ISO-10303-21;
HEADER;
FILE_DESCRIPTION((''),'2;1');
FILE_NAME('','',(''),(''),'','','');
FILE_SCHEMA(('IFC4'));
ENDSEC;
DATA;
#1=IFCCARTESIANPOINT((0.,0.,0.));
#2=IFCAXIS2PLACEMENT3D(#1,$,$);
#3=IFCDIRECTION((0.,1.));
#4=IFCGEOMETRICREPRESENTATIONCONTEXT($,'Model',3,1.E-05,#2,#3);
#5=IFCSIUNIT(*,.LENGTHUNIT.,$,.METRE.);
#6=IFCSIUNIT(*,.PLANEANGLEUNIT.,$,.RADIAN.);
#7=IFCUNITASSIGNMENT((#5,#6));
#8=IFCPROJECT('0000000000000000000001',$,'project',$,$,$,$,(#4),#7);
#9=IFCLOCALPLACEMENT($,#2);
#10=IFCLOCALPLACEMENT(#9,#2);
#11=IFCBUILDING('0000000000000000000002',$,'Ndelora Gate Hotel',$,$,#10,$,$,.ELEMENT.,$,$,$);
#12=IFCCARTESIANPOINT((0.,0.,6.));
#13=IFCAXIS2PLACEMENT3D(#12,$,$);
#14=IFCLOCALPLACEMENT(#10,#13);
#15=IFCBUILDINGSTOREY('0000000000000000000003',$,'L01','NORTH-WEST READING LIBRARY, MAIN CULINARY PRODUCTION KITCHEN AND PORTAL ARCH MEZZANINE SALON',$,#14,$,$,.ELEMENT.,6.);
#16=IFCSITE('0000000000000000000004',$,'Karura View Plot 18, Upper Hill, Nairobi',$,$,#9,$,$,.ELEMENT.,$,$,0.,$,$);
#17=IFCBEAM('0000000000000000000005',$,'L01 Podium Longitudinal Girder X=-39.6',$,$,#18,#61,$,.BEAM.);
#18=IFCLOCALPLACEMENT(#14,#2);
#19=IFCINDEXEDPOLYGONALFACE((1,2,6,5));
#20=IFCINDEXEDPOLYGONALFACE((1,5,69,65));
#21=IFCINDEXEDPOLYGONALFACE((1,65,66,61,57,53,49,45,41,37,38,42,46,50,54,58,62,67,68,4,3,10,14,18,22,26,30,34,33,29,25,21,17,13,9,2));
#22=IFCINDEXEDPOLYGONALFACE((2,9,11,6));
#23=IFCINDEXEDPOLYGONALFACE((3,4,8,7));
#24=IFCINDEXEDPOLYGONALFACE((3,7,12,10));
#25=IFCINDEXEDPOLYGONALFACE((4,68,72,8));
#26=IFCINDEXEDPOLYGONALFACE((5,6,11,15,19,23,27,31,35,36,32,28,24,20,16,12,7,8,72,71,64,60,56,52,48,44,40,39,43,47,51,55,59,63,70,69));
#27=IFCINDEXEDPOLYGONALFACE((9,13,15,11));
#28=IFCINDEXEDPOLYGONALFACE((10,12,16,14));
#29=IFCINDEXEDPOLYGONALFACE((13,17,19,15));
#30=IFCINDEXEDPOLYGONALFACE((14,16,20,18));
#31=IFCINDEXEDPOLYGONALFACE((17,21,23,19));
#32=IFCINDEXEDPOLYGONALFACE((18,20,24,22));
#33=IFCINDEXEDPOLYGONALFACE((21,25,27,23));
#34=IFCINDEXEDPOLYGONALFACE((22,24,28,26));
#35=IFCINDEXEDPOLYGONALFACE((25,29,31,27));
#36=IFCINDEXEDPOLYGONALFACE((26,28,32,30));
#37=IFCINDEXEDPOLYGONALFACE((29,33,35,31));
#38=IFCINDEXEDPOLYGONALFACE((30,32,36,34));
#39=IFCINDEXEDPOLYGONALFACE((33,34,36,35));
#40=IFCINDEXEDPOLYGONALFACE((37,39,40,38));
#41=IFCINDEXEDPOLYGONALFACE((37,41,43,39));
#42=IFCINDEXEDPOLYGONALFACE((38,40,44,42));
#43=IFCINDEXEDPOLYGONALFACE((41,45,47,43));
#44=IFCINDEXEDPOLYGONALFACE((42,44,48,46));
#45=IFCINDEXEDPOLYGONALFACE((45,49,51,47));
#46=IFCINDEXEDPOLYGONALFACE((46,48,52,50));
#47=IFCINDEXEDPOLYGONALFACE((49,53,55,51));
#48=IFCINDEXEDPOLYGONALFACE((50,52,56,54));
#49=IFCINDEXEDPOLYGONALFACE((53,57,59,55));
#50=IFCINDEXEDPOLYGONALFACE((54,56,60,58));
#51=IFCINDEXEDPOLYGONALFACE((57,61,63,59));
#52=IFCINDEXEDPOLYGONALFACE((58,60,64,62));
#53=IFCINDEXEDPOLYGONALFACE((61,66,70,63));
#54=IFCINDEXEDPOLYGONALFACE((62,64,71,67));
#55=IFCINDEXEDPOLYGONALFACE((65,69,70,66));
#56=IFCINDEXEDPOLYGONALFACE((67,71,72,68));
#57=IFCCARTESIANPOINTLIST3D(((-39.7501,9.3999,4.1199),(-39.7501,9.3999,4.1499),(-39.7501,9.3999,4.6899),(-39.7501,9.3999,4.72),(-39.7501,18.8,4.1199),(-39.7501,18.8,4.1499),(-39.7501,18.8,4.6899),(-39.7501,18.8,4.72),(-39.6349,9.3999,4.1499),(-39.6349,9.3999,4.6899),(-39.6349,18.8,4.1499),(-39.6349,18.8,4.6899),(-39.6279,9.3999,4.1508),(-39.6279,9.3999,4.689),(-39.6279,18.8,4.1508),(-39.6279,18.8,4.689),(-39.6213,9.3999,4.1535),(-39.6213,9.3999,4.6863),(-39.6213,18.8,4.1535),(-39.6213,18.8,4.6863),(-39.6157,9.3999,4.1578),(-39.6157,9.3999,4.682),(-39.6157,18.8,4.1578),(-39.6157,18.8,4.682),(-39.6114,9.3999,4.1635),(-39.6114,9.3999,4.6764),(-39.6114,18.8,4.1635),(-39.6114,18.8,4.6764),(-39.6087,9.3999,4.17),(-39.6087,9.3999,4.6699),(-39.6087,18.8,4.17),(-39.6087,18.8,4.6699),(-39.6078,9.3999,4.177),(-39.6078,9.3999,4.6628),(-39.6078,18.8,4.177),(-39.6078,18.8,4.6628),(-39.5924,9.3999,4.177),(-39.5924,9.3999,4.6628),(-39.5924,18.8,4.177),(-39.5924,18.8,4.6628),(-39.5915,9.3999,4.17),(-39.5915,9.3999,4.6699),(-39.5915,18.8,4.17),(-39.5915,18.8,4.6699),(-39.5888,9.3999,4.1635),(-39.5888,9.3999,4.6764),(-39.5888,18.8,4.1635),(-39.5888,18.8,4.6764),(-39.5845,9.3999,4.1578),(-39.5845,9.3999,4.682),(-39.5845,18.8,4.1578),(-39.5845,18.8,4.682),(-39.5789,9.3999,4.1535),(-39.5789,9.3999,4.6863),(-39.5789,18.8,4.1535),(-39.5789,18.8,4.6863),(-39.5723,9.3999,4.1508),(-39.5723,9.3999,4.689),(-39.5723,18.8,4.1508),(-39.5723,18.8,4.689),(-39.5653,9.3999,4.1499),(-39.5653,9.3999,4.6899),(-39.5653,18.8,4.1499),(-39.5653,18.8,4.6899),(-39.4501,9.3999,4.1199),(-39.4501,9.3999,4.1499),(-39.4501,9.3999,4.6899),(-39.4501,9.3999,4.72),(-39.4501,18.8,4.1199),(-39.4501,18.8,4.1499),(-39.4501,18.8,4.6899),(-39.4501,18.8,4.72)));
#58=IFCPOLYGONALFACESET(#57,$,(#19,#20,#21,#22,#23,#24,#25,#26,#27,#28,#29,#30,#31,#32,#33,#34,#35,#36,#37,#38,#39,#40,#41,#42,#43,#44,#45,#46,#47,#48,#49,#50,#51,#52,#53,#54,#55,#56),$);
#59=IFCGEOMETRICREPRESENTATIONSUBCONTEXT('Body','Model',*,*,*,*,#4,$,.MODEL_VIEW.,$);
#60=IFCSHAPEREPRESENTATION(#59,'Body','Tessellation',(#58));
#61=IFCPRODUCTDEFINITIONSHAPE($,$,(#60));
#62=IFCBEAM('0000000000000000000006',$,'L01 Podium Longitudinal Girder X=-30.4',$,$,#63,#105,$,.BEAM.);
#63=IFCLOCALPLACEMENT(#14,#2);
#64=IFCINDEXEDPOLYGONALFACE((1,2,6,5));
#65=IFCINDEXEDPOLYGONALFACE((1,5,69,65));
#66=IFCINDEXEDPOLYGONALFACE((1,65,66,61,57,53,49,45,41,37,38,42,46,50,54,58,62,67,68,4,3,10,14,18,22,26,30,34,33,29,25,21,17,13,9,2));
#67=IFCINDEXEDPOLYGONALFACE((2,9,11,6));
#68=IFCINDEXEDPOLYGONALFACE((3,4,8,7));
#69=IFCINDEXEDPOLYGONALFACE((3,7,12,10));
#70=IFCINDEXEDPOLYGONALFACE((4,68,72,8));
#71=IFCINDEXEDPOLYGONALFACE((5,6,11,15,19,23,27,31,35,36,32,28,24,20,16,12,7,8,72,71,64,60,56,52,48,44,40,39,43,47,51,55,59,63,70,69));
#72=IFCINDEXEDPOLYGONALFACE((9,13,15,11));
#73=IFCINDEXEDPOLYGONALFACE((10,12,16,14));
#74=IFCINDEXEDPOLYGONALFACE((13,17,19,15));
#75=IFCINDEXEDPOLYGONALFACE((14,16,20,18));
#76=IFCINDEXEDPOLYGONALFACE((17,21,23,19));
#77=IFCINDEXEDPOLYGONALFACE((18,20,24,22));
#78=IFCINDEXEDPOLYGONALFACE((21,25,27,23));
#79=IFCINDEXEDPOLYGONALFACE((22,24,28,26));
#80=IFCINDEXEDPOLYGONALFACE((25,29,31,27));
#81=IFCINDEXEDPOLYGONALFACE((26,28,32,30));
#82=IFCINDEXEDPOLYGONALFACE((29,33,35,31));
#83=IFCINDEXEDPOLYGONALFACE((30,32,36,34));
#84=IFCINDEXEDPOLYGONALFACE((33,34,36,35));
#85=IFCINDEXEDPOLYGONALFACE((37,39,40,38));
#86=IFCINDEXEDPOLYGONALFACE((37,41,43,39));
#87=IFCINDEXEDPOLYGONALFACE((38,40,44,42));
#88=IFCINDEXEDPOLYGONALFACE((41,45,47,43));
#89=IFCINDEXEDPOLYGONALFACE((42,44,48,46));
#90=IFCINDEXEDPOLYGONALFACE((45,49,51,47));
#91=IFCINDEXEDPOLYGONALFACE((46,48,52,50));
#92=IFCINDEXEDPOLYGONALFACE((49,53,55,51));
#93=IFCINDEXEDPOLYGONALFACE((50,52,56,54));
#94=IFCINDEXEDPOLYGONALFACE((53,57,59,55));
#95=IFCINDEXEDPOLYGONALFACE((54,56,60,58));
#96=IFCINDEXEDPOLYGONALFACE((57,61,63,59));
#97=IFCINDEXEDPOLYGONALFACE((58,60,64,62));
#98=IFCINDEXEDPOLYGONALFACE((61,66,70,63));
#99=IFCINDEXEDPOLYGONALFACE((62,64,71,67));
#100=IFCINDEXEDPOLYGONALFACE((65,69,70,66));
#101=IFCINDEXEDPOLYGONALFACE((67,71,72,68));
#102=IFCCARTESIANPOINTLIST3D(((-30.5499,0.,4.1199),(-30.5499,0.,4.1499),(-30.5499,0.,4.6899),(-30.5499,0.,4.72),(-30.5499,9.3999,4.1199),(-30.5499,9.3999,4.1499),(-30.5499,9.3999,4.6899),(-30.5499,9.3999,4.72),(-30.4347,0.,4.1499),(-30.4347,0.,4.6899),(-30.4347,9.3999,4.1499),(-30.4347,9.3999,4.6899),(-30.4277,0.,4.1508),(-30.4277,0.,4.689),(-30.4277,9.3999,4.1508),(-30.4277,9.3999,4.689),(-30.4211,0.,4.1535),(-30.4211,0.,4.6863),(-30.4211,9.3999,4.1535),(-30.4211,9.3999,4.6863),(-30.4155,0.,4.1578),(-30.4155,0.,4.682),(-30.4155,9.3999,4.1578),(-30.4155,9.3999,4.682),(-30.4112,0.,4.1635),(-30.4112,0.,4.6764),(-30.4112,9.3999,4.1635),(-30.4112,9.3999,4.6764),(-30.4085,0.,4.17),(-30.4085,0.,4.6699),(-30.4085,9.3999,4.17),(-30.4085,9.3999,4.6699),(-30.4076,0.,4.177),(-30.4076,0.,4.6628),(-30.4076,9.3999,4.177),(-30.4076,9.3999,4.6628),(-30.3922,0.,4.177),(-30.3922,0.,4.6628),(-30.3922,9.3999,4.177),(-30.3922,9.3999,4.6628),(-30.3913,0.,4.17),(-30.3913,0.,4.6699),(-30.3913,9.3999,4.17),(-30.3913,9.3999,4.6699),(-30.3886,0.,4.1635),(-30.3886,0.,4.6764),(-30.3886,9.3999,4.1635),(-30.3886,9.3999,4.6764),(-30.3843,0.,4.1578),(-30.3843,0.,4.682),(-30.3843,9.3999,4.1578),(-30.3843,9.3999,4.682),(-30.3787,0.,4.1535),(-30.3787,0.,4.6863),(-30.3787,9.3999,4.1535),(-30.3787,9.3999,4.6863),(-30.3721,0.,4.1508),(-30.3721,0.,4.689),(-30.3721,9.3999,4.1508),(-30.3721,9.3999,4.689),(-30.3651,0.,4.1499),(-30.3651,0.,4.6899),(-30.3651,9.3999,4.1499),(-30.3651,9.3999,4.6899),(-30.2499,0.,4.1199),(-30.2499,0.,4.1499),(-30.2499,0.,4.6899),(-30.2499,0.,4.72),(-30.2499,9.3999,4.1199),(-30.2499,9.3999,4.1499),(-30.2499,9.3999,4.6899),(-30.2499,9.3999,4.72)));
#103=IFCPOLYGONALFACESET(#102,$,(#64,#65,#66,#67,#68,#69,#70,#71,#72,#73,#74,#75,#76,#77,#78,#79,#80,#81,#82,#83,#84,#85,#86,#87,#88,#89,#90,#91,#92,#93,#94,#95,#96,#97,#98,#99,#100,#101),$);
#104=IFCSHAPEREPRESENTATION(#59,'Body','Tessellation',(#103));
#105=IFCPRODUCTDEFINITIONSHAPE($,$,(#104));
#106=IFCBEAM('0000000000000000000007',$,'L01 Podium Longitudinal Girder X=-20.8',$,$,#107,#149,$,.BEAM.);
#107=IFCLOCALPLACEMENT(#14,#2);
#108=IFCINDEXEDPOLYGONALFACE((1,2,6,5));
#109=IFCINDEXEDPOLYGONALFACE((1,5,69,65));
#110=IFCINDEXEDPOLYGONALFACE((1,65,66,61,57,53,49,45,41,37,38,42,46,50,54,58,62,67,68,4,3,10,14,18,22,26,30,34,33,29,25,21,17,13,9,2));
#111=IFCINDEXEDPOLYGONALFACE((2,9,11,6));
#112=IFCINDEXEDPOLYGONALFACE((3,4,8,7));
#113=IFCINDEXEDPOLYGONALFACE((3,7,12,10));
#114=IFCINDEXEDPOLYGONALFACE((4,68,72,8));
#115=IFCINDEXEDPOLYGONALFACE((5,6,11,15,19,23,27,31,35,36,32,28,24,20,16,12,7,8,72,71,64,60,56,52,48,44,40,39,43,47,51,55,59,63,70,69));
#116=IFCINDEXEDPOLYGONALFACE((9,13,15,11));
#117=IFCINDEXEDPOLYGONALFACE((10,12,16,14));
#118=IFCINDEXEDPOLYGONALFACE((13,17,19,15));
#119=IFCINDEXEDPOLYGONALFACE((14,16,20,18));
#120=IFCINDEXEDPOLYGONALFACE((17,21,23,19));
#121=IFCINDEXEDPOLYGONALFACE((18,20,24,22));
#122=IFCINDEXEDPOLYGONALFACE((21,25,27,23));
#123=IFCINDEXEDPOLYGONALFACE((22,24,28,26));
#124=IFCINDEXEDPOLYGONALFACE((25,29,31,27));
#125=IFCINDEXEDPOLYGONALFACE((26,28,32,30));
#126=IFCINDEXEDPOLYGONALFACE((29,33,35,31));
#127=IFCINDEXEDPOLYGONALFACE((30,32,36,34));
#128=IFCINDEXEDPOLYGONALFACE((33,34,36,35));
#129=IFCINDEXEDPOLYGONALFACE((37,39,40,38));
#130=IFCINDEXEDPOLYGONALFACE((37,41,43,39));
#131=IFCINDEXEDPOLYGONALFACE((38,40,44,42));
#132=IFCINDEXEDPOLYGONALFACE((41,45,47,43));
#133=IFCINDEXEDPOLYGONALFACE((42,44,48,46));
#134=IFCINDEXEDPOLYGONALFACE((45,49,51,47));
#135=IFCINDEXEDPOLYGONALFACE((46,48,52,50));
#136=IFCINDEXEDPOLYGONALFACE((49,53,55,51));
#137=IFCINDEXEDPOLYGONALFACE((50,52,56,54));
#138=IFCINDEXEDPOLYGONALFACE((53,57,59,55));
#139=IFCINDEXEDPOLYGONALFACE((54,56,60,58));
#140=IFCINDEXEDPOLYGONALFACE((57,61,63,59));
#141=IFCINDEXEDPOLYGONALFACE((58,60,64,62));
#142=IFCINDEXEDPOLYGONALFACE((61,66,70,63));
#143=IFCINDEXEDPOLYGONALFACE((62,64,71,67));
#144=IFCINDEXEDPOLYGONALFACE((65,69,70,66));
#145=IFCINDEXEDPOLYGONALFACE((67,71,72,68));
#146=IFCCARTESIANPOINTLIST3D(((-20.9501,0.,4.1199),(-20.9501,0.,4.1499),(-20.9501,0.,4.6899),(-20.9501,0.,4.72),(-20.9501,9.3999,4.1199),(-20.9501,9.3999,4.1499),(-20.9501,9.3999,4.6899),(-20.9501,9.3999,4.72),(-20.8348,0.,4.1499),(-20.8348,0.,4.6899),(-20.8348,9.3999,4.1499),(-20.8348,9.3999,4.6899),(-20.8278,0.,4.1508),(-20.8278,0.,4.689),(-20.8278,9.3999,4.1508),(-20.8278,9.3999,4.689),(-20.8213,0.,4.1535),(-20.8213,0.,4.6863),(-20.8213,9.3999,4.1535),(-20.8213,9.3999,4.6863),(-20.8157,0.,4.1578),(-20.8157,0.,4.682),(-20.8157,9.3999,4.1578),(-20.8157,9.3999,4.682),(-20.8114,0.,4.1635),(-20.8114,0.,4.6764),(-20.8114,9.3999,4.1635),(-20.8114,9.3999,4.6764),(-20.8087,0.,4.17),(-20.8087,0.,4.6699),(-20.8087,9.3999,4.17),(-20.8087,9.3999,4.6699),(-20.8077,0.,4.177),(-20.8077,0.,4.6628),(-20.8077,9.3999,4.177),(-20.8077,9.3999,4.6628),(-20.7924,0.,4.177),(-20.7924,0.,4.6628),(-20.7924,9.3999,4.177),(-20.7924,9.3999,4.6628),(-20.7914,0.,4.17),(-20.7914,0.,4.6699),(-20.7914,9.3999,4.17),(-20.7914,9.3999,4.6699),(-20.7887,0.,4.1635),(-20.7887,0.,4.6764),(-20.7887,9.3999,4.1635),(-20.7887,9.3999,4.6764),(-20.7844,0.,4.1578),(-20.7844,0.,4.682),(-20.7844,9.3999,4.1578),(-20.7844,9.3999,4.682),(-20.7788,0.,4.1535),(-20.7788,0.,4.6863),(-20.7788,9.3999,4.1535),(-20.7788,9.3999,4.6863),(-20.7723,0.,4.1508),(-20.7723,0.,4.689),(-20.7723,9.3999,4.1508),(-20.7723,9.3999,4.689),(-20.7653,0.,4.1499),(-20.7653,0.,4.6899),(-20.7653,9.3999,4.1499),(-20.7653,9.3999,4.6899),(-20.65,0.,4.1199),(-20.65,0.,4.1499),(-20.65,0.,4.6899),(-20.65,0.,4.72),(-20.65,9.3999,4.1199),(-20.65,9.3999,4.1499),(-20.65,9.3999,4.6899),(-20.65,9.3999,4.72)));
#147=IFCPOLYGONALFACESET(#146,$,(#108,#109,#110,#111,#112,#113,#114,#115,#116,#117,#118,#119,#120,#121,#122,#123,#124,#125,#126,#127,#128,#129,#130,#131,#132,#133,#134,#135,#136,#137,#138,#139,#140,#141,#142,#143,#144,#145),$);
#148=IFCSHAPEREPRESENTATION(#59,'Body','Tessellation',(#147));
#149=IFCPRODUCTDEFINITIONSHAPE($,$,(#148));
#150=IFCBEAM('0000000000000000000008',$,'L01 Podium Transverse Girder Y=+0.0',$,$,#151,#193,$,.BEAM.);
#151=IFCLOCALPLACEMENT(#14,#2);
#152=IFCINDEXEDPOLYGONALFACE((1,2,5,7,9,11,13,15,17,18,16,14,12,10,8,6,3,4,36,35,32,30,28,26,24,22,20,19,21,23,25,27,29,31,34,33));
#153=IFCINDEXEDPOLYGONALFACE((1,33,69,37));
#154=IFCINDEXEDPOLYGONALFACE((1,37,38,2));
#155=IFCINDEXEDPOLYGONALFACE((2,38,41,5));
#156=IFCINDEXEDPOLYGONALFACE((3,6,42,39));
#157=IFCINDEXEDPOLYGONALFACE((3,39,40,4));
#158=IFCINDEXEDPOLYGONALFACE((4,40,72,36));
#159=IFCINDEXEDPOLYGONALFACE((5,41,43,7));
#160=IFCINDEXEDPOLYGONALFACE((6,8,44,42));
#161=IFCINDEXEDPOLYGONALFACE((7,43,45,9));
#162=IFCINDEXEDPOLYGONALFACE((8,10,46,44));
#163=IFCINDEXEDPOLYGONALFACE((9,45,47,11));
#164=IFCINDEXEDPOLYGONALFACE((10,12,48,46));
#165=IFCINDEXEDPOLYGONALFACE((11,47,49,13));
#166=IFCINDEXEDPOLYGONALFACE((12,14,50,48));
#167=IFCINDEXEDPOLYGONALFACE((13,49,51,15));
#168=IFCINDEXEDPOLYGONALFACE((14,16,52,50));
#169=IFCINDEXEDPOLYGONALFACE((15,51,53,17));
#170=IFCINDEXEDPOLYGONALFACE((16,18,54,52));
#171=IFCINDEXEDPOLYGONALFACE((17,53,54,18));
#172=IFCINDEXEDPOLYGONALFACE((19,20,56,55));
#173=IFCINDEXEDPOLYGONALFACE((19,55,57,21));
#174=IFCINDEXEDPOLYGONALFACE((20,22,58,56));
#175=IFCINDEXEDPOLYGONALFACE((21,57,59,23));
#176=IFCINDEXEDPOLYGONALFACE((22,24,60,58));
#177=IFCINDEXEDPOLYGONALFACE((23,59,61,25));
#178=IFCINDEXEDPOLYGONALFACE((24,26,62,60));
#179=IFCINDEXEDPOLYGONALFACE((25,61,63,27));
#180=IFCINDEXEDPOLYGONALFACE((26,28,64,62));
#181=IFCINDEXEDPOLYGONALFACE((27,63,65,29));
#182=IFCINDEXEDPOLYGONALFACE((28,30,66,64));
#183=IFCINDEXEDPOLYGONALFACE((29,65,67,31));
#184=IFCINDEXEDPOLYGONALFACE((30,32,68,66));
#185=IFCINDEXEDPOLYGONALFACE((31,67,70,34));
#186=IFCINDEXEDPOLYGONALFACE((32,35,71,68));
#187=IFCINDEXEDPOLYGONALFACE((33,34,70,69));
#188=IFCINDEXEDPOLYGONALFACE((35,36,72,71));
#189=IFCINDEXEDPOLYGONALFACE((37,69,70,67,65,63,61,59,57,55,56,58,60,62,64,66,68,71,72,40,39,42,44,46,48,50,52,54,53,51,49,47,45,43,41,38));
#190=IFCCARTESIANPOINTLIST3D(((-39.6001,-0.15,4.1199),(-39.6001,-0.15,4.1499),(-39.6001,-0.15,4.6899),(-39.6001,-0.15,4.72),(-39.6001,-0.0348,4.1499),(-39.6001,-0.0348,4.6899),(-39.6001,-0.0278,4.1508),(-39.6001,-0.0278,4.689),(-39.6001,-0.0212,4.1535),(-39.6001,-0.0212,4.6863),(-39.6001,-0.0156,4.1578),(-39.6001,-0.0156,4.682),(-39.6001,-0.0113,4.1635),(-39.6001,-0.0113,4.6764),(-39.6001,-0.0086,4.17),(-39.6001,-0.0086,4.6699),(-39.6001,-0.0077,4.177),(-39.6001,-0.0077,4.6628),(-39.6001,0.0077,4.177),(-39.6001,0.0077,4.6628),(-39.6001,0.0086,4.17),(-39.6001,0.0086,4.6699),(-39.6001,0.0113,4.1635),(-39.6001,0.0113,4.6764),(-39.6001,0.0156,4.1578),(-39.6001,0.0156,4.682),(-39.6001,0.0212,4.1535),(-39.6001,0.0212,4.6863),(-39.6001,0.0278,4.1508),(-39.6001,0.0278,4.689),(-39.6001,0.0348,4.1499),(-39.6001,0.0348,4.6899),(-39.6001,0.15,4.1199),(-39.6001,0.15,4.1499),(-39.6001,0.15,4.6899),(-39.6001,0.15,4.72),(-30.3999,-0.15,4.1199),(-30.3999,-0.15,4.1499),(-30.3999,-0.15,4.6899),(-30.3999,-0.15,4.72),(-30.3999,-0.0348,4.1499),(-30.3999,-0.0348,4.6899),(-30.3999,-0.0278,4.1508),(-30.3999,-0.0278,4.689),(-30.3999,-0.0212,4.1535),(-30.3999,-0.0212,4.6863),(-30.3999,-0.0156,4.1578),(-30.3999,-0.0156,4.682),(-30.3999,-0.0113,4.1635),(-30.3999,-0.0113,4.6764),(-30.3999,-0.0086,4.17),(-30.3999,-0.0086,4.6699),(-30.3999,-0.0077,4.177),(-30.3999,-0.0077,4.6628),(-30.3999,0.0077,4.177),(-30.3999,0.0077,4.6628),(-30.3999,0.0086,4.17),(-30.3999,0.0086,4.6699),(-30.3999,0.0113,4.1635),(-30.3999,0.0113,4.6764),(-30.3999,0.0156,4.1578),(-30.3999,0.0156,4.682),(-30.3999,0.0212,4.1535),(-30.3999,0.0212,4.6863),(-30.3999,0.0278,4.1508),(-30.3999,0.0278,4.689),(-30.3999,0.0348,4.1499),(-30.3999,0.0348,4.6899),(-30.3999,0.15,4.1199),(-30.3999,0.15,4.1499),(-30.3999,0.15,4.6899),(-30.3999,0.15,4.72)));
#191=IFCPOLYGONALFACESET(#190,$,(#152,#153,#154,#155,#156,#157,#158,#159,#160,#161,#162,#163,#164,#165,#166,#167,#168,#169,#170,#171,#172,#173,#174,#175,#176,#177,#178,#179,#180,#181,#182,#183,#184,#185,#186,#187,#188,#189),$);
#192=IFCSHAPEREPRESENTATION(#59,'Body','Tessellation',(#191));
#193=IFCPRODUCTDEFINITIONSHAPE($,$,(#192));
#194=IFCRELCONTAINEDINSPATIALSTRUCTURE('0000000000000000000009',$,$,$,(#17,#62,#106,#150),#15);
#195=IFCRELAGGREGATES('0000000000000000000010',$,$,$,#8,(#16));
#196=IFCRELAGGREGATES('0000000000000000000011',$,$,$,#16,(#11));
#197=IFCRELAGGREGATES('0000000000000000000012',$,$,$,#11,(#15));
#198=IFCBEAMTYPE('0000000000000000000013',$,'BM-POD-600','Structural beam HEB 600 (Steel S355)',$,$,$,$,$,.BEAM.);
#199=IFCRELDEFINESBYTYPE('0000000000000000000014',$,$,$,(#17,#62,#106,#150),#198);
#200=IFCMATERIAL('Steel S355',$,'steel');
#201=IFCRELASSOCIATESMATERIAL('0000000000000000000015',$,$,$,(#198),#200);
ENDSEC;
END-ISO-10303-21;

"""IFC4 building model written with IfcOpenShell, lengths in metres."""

from ifc_helpers import new_model, si_unit, direction, frame, origin, origin_2d, place, context, subcontext, project, spatial, i_section, extrude, material, material_profile, profile_set, type_object, element, save


model = new_model("IFC4")

# Units and contexts
model_context = context("Model", 3, precision=1e-05, world=origin(), true_north=direction((0.0, 1.0)))
body_context = subcontext(model_context, "Body", "Model", "MODEL_VIEW")
ifc_project = project(units=[si_unit("LENGTHUNIT", "METRE"), si_unit("PLANEANGLEUNIT", "RADIAN")], contexts=[model_context])

# Site, building, storey
site_placement = place(None, origin())
site = spatial("IfcSite", under=ifc_project, at=site_placement, Name="Karura View Plot 18, Upper Hill, Nairobi", CompositionType="ELEMENT", RefElevation=0.0)
building_placement = place(site_placement, origin())
building = spatial("IfcBuilding", under=site, at=building_placement, Name="Ndelora Gate Hotel", CompositionType="ELEMENT")
storey_placement = place(building_placement, frame((0.0, 0.0, 6.0)))
storey = spatial("IfcBuildingStorey", under=building, at=storey_placement, Name="L01", Description="NORTH-WEST READING LIBRARY, MAIN CULINARY PRODUCTION KITCHEN AND PORTAL ARCH MEZZANINE SALON", CompositionType="ELEMENT", Elevation=6.0)

# Beams
ifc_material_1 = material(Name="Steel S355", Category="steel")
ifc_material_profile_1 = material_profile(ifc_material_1, i_section(OverallWidth=0.3, OverallDepth=0.6001, WebThickness=0.0154, FlangeThickness=0.03, FilletRadius=0.0271, at=origin_2d()), Name="HEB 600")
ifc_profile_set_1 = profile_set([ifc_material_profile_1], Name="Steel S355")
beam_type_1 = type_object("IfcBeamType", Name="BM-POD-600", Description="Structural beam HEB 600 (Steel S355)", PredefinedType="BEAM", material=ifc_profile_set_1)
beam_1_placement = place(storey_placement, frame((-39.6001, 9.3999, 4.4199), z_axis=(0.0, 1.0, 0.0), x_axis=(-1.0, 0.0, 0.0)))
element("IfcBeam", 1, at=beam_1_placement, inside=storey, type_object=beam_type_1, Name="L01 Podium Longitudinal Girder X=-39.6", PredefinedType="BEAM", context=body_context, shape_type="SweptSolid", body=[
    extrude(i_section(OverallWidth=0.3, OverallDepth=0.6001, WebThickness=0.0154, FlangeThickness=0.03, FilletRadius=0.0271, at=origin_2d()), origin(), (0.0, 0.0, 1.0), 9.4001),
])
for number, where, z_axis, x_axis, name in (
    (2, (-30.3999, 0.0, 4.4199), (0.0, 1.0, 0.0), (-1.0, 0.0, 0.0), "L01 Podium Longitudinal Girder X=-30.4"),
    (3, (-20.8, 0.0, 4.4199), (0.0, 1.0, 0.0), (-1.0, 0.0, 0.0), "L01 Podium Longitudinal Girder X=-20.8"),
):
    element("IfcBeam", number, at=place(storey_placement, frame(where, z_axis=z_axis, x_axis=x_axis)), inside=storey, type_object=beam_type_1, Name=name, PredefinedType="BEAM", context=body_context, shape_type="SweptSolid", body=[
        extrude(i_section(OverallWidth=0.3, OverallDepth=0.6001, WebThickness=0.0154, FlangeThickness=0.03, FilletRadius=0.0271, at=origin_2d()), origin(), (0.0, 0.0, 1.0), 9.3999),
    ])
beam_2_placement = place(storey_placement, frame((-39.6001, 0.0, 4.4199), z_axis=(1.0, 0.0, 0.0), x_axis=(0.0, 1.0, 0.0)))
element("IfcBeam", 4, at=beam_2_placement, inside=storey, type_object=beam_type_1, Name="L01 Podium Transverse Girder Y=+0.0", PredefinedType="BEAM", context=body_context, shape_type="SweptSolid", body=[
    extrude(i_section(OverallWidth=0.3, OverallDepth=0.6001, WebThickness=0.0154, FlangeThickness=0.03, FilletRadius=0.0271, at=origin_2d()), origin(), (0.0, 0.0, 1.0), 9.2002),
])

save(model, "model.ifc")
